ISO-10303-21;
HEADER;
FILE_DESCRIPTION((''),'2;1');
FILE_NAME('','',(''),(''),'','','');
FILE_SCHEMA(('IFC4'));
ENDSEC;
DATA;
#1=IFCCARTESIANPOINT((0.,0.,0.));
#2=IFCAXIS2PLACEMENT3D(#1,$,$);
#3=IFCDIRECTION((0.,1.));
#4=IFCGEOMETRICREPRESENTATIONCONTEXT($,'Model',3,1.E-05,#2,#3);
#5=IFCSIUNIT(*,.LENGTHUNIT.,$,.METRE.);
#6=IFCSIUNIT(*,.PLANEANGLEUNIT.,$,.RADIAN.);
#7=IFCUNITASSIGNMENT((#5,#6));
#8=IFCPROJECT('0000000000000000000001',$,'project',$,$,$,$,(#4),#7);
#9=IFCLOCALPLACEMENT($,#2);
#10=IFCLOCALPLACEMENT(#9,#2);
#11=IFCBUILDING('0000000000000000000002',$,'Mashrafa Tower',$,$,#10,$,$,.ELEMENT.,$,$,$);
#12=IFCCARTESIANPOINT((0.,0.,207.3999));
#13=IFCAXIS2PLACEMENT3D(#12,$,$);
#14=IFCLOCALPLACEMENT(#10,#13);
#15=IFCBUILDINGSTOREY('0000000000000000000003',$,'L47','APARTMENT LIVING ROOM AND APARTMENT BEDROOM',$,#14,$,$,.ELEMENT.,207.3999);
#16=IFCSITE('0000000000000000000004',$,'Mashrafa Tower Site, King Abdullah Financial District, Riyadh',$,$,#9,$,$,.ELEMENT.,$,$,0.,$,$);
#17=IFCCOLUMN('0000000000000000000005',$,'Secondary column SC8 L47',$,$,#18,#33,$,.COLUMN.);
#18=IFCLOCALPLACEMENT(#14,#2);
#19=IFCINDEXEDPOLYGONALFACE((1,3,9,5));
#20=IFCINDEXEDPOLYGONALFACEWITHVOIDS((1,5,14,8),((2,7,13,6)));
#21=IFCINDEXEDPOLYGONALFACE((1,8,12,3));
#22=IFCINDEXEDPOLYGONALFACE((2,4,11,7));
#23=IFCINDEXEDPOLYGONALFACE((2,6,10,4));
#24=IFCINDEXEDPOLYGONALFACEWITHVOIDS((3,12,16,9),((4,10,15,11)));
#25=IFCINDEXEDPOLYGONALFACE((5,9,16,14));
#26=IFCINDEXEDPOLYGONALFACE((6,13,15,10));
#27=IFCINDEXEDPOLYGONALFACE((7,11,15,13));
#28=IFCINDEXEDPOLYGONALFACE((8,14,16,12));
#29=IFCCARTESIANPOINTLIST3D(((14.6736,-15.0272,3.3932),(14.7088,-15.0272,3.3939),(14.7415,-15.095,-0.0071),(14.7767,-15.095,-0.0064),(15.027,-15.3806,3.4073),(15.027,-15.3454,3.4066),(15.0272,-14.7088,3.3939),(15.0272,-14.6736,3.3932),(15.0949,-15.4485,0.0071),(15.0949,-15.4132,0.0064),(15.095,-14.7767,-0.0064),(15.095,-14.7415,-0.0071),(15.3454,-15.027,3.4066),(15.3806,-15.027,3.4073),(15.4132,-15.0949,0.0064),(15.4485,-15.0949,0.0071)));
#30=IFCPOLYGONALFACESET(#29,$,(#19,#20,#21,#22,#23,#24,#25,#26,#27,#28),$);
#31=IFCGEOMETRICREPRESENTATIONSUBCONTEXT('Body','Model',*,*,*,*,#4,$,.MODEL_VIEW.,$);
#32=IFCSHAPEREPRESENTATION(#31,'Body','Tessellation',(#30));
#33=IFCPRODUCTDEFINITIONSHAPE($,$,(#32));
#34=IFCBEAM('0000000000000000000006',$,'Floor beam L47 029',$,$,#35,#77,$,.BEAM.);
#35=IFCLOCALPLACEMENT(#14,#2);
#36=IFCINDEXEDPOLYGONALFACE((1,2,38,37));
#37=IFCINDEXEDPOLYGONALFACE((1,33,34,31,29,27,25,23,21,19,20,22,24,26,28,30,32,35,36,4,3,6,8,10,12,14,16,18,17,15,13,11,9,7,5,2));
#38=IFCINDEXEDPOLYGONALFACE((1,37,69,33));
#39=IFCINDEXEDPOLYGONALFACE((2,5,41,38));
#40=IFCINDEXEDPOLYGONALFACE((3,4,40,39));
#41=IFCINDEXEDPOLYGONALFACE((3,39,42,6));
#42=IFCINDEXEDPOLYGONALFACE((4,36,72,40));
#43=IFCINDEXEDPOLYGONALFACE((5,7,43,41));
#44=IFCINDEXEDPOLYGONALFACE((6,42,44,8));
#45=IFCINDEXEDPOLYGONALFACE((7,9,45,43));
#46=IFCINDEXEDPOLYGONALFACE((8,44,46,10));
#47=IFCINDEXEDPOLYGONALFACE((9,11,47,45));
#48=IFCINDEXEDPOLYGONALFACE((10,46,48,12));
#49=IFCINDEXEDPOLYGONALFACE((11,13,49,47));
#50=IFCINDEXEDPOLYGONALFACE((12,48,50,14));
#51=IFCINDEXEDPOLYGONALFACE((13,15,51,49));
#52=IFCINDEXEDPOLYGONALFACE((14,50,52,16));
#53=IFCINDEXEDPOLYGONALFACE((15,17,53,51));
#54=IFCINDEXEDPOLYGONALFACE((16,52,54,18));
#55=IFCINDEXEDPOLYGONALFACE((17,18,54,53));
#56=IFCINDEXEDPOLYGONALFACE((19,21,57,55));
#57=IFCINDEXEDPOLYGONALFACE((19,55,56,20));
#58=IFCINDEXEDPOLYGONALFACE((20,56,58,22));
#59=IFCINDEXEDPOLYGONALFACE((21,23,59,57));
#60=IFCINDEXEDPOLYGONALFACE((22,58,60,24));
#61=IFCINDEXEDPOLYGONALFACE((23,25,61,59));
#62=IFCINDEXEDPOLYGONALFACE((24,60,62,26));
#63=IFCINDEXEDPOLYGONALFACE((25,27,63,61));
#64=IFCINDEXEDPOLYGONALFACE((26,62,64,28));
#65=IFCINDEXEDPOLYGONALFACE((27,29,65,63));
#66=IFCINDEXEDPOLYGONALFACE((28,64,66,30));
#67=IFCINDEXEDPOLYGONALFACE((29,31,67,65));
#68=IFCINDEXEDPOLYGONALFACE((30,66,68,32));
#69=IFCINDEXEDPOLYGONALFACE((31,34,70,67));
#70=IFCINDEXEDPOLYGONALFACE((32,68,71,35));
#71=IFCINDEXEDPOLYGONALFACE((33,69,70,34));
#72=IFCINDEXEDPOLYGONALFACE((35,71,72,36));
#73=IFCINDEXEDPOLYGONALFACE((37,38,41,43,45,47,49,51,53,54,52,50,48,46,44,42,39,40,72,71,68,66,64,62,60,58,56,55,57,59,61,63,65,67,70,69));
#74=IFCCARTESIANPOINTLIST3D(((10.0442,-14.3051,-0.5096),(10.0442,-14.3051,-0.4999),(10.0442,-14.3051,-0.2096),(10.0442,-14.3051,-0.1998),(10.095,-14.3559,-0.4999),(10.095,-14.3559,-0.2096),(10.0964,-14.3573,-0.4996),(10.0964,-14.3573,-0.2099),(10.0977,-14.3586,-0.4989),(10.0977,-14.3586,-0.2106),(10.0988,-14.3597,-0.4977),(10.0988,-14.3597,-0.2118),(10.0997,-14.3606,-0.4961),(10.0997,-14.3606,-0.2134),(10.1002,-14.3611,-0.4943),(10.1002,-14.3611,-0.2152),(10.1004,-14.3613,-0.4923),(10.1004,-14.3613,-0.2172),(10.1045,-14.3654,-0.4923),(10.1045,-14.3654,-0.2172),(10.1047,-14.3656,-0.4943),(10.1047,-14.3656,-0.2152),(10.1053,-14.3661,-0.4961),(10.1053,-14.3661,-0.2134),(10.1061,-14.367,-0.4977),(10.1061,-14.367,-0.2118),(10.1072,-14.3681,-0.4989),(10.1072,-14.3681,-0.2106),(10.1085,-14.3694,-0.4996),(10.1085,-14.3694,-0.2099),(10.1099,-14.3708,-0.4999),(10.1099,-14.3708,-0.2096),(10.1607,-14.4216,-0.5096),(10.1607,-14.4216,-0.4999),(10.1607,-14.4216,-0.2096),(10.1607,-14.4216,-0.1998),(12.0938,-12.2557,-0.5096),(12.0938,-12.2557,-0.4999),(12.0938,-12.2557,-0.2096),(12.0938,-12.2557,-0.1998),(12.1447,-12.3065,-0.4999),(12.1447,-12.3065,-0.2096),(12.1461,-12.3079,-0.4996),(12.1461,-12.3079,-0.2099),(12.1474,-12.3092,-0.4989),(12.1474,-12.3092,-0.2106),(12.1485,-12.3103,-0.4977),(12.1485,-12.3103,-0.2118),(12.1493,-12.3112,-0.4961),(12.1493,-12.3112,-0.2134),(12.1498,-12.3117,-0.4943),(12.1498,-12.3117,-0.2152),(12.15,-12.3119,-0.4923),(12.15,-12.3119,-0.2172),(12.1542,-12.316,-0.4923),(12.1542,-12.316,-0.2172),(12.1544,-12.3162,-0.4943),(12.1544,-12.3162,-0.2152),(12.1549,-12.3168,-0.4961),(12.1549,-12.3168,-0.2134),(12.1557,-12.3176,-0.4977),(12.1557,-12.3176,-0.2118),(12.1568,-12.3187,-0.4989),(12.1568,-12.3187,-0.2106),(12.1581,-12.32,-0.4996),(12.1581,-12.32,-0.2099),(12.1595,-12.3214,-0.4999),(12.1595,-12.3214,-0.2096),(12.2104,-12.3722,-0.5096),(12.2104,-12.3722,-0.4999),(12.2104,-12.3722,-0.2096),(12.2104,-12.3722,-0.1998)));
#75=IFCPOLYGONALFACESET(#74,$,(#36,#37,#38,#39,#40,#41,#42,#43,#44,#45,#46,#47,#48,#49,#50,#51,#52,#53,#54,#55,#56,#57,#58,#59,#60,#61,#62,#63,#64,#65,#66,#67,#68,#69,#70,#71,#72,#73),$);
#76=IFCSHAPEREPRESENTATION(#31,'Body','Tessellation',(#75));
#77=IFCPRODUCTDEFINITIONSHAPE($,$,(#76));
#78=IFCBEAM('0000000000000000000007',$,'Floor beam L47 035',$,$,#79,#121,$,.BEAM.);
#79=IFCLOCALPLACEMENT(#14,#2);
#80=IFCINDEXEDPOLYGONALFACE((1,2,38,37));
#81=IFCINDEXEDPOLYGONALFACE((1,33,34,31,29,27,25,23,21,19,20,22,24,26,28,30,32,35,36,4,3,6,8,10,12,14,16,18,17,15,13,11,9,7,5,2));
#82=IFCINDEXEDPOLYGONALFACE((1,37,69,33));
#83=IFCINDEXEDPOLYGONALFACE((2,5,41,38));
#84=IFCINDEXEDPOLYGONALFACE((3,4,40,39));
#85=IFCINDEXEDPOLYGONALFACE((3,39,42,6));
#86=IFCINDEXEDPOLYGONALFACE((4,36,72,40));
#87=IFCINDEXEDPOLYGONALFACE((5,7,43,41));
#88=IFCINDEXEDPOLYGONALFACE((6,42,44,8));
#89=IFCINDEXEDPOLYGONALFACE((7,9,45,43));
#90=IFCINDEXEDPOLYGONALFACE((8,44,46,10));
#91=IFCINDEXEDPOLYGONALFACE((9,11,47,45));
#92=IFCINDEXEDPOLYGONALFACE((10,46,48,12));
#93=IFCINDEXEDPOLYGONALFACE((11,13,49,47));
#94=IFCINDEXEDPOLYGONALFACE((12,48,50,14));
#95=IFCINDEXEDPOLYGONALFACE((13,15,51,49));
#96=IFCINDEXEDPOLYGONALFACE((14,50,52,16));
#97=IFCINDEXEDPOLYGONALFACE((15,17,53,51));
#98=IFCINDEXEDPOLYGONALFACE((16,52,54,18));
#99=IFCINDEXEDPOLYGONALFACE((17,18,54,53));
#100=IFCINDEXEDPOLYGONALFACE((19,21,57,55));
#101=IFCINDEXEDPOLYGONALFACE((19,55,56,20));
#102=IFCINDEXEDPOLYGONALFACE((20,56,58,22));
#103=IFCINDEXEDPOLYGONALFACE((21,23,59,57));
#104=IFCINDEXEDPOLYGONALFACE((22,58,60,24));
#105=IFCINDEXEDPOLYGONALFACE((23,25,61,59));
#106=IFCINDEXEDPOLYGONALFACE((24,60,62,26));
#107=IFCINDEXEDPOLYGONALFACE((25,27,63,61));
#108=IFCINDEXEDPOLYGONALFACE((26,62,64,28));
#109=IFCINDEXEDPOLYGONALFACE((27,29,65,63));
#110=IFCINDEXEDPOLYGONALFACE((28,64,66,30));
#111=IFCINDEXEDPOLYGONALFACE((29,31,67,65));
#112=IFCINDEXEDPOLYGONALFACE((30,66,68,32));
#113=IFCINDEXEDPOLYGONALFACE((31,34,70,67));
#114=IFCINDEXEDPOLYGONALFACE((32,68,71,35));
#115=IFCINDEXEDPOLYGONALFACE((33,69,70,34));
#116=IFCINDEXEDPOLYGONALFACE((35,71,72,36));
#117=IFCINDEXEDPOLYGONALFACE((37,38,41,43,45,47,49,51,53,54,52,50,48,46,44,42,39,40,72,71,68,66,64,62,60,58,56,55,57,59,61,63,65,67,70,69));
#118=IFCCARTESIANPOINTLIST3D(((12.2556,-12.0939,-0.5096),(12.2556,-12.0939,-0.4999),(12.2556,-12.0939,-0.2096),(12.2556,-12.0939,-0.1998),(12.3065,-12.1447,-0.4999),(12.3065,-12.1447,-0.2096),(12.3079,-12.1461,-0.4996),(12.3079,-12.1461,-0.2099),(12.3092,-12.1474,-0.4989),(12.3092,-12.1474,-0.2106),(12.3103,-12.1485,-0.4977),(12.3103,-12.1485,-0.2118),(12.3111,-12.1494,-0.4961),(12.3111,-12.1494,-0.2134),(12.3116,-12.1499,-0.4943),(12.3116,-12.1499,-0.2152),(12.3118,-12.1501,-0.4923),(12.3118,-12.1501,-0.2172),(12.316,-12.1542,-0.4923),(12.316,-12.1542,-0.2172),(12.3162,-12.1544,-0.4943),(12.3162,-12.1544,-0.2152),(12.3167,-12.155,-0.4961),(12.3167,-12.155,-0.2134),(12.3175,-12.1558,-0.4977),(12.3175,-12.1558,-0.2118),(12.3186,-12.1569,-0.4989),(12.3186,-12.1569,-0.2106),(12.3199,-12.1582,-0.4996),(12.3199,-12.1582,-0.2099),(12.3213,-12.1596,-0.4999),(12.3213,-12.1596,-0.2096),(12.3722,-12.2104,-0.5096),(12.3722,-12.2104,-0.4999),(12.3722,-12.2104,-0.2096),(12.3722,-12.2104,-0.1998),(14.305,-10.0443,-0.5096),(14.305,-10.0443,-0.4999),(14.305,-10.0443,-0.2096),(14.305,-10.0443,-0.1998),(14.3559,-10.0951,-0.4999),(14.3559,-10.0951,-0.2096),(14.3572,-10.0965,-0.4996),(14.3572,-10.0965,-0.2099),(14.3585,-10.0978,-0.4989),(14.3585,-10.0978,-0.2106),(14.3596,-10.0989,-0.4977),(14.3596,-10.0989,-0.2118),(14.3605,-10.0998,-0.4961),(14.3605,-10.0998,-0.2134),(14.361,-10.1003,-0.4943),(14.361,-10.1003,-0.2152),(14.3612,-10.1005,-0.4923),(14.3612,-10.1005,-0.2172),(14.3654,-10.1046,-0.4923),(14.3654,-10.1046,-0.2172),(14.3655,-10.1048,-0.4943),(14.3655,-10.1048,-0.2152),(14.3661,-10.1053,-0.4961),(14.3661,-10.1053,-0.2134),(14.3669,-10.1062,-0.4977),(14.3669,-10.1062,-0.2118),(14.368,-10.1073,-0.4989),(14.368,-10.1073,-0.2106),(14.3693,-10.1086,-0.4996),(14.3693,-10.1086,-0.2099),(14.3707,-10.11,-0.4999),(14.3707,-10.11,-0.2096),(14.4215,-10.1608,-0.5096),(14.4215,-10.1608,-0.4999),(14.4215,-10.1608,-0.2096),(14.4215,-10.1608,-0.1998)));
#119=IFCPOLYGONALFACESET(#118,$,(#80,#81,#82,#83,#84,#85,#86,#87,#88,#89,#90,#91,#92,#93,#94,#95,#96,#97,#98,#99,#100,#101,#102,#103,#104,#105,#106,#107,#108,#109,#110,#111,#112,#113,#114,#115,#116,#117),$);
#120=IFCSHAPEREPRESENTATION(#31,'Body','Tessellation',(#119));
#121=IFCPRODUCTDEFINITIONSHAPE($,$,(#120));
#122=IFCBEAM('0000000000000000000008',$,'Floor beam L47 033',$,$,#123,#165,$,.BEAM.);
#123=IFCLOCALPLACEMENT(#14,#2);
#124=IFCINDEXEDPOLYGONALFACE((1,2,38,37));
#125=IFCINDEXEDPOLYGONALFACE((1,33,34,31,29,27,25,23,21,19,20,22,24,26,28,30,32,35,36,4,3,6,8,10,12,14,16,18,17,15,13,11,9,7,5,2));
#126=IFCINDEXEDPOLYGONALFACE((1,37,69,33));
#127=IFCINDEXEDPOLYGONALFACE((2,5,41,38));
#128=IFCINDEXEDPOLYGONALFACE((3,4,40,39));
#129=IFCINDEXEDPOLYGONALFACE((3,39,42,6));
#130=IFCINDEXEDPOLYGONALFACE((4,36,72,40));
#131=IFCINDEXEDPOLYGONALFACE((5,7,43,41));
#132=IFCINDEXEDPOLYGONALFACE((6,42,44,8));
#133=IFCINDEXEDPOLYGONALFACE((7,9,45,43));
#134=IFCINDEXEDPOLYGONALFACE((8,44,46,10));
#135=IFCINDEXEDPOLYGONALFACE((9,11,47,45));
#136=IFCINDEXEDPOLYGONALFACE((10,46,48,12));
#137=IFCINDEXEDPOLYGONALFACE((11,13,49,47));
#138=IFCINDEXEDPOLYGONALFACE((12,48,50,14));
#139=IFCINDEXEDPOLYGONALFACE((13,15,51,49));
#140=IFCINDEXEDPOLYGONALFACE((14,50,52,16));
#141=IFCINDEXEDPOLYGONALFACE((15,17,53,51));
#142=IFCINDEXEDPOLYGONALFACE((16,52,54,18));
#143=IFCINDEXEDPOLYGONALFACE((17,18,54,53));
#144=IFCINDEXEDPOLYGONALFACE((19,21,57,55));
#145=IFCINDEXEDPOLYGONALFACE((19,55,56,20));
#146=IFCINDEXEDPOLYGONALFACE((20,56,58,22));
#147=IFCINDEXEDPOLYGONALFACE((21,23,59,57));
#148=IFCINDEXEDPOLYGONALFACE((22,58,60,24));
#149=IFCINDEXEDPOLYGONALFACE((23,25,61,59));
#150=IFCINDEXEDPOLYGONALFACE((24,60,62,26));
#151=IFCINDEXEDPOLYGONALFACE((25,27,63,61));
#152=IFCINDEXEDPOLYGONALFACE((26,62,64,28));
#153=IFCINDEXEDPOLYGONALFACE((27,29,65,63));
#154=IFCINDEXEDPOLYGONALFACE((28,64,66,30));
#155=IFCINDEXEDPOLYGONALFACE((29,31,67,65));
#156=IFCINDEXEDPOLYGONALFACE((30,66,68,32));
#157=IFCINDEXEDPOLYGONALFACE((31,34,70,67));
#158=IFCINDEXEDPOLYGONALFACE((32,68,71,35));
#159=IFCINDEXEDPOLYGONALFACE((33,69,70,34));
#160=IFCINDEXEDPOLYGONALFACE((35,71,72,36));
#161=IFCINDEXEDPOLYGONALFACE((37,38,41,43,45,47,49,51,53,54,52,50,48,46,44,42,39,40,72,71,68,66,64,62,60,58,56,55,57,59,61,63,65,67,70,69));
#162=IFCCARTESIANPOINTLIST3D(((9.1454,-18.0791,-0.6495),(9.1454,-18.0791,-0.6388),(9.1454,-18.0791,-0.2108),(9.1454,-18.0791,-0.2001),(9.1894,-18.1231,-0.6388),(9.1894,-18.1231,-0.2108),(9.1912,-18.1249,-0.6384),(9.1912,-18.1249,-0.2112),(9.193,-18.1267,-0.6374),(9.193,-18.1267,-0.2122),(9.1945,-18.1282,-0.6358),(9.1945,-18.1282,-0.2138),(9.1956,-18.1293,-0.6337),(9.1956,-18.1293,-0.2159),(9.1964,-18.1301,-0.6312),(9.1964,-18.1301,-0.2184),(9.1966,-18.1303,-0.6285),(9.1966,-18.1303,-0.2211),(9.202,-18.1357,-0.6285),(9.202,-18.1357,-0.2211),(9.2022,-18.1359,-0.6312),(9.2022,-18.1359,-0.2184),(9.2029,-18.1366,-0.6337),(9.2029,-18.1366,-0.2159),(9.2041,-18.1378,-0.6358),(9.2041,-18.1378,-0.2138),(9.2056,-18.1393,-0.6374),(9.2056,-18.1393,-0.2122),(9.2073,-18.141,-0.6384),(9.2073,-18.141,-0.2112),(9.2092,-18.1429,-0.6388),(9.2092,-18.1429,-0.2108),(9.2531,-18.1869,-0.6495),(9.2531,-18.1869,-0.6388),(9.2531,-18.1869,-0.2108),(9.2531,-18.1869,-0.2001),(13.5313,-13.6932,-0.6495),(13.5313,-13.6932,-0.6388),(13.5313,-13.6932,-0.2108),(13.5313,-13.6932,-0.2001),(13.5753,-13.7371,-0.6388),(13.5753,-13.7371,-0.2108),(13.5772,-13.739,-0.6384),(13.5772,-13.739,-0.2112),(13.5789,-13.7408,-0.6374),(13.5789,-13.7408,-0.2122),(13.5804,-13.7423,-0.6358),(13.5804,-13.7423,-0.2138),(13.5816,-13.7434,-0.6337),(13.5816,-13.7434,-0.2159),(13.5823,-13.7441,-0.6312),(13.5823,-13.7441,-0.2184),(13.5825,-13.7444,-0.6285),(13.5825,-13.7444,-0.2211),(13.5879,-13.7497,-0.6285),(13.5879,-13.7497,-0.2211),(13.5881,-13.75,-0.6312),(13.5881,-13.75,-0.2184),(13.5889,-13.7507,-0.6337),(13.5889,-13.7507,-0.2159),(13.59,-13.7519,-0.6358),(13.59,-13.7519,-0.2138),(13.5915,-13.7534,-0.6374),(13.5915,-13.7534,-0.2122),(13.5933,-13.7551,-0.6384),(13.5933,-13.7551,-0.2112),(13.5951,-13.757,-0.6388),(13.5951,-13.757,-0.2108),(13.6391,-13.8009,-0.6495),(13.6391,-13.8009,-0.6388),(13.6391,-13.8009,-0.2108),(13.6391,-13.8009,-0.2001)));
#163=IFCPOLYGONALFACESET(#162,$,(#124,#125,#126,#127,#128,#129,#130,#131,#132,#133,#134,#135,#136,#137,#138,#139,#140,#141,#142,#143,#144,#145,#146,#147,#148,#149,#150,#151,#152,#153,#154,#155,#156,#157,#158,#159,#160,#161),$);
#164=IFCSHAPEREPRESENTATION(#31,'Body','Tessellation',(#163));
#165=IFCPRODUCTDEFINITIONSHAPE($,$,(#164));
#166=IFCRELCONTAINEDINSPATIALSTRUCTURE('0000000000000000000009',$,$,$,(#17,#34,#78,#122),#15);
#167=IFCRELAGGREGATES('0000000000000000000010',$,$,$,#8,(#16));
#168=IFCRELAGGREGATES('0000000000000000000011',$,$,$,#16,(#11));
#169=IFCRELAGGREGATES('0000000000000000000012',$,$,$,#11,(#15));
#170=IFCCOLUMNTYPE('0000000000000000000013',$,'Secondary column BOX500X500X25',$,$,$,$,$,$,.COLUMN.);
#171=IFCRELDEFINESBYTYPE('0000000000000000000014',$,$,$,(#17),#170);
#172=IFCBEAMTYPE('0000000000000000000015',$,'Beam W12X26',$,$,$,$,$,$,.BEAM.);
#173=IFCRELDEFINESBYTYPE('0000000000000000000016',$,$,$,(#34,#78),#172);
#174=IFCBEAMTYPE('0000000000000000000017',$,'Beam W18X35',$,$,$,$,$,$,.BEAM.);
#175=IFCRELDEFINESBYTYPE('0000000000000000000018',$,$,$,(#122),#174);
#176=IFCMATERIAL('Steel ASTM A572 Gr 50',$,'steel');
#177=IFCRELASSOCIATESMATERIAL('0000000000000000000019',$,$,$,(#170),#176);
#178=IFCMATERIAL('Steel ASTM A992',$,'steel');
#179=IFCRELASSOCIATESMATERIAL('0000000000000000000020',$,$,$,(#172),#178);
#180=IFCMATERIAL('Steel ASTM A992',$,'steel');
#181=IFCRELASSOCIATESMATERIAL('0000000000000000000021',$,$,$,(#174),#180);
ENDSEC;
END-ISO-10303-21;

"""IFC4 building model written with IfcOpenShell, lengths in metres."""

from ifc_helpers import new_model, si_unit, direction, frame, origin, origin_2d, place, context, subcontext, project, spatial, hollow_rectangle, i_section, extrude, material, material_profile, profile_set, type_object, element, save


model = new_model("IFC4")

# Units and contexts
model_context = context("Model", 3, precision=1e-05, world=origin(), true_north=direction((0.0, 1.0)))
body_context = subcontext(model_context, "Body", "Model", "MODEL_VIEW")
ifc_project = project(units=[si_unit("LENGTHUNIT", "METRE"), si_unit("PLANEANGLEUNIT", "RADIAN")], contexts=[model_context])

# Site, building, storey
site_placement = place(None, origin())
site = spatial("IfcSite", under=ifc_project, at=site_placement, Name="Mashrafa Tower Site, King Abdullah Financial District, Riyadh", CompositionType="ELEMENT", RefElevation=0.0)
building_placement = place(site_placement, origin())
building = spatial("IfcBuilding", under=site, at=building_placement, Name="Mashrafa Tower", CompositionType="ELEMENT")
storey_placement = place(building_placement, frame((0.0, 0.0, 207.3999)))
storey = spatial("IfcBuildingStorey", under=building, at=storey_placement, Name="L47", Description="APARTMENT LIVING ROOM AND APARTMENT BEDROOM", CompositionType="ELEMENT", Elevation=207.3999)

# Column
ifc_material_1 = material(Name="Steel ASTM A572 Gr 50", Category="steel")
ifc_material_profile_1 = material_profile(ifc_material_1, hollow_rectangle(XDim=0.5, YDim=0.5, WallThickness=0.0249, at=origin_2d()), Name="BOX500X500X25")
ifc_profile_set_1 = profile_set([ifc_material_profile_1], Name="Steel ASTM A572 Gr 50")
column_type = type_object("IfcColumnType", Name="Secondary column BOX500X500X25", PredefinedType="COLUMN", material=ifc_profile_set_1)
column_placement = place(storey_placement, frame((15.095, -15.095, 0.0), z_axis=(-0.019953, 0.019953, 0.999602), x_axis=(-0.707107, -0.707107, 0.0)))
element("IfcColumn", 1, at=column_placement, inside=storey, type_object=column_type, Name="Secondary column SC8 L47", PredefinedType="COLUMN", context=body_context, shape_type="SweptSolid", body=[
    extrude(hollow_rectangle(XDim=0.5, YDim=0.5, WallThickness=0.0249, at=origin_2d()), origin(), (0.0, 0.0, 1.0), 3.4016),
])

# Beams
ifc_material_2 = material(Name="Steel ASTM A992", Category="steel")
ifc_material_profile_2 = material_profile(ifc_material_2, i_section(OverallWidth=0.1648, OverallDepth=0.3098, WebThickness=0.0059, FlangeThickness=0.0098, FilletRadius=0.0076, at=origin_2d()), Name="W12X26")
ifc_profile_set_2 = profile_set([ifc_material_profile_2], Name="Steel ASTM A992")
beam_type_1 = type_object("IfcBeamType", Name="Beam W12X26", PredefinedType="BEAM", material=ifc_profile_set_2)
for number, where, z_axis, x_axis, name in (
    (2, (12.1521, -12.314, -0.3547), (-0.707149, -0.707065, 0.0), (0.707065, -0.707149, 0.0), "Floor beam L47 029"),
    (3, (14.3633, -10.1025, -0.3547), (-0.707065, -0.707149, 0.0), (0.707149, -0.707065, 0.0), "Floor beam L47 035"),
):
    element("IfcBeam", number, at=place(storey_placement, frame(where, z_axis=z_axis, x_axis=x_axis)), inside=storey, type_object=beam_type_1, Name=name, PredefinedType="BEAM", context=body_context, shape_type="SweptSolid", body=[
        extrude(i_section(OverallWidth=0.1648, OverallDepth=0.3098, WebThickness=0.0059, FlangeThickness=0.0098, FilletRadius=0.0076, at=origin_2d()), origin(), (0.0, 0.0, 1.0), 2.8984),
    ])
ifc_material_3 = material(Name="Steel ASTM A992", Category="steel")
ifc_material_profile_3 = material_profile(ifc_material_3, i_section(OverallWidth=0.1523, OverallDepth=0.4495, WebThickness=0.0076, FlangeThickness=0.0107, FilletRadius=0.0103, at=origin_2d()), Name="W18X35")
ifc_profile_set_3 = profile_set([ifc_material_profile_3], Name="Steel ASTM A992")
beam_type_2 = type_object("IfcBeamType", Name="Beam W18X35", PredefinedType="BEAM", material=ifc_profile_set_3)
beam_1_placement = place(storey_placement, frame((13.5852, -13.7471, -0.4248), z_axis=(-0.707107, -0.707107, 0.0), x_axis=(0.707107, -0.707107, 0.0)))
element("IfcBeam", 4, at=beam_1_placement, inside=storey, type_object=beam_type_2, Name="Floor beam L47 033", PredefinedType="BEAM", context=body_context, shape_type="SweptSolid", body=[
    extrude(i_section(OverallWidth=0.1523, OverallDepth=0.4495, WebThickness=0.0076, FlangeThickness=0.0107, FilletRadius=0.0103, at=origin_2d()), origin(), (0.0, 0.0, 1.0), 6.2026),
])

save(model, "model.ifc")
